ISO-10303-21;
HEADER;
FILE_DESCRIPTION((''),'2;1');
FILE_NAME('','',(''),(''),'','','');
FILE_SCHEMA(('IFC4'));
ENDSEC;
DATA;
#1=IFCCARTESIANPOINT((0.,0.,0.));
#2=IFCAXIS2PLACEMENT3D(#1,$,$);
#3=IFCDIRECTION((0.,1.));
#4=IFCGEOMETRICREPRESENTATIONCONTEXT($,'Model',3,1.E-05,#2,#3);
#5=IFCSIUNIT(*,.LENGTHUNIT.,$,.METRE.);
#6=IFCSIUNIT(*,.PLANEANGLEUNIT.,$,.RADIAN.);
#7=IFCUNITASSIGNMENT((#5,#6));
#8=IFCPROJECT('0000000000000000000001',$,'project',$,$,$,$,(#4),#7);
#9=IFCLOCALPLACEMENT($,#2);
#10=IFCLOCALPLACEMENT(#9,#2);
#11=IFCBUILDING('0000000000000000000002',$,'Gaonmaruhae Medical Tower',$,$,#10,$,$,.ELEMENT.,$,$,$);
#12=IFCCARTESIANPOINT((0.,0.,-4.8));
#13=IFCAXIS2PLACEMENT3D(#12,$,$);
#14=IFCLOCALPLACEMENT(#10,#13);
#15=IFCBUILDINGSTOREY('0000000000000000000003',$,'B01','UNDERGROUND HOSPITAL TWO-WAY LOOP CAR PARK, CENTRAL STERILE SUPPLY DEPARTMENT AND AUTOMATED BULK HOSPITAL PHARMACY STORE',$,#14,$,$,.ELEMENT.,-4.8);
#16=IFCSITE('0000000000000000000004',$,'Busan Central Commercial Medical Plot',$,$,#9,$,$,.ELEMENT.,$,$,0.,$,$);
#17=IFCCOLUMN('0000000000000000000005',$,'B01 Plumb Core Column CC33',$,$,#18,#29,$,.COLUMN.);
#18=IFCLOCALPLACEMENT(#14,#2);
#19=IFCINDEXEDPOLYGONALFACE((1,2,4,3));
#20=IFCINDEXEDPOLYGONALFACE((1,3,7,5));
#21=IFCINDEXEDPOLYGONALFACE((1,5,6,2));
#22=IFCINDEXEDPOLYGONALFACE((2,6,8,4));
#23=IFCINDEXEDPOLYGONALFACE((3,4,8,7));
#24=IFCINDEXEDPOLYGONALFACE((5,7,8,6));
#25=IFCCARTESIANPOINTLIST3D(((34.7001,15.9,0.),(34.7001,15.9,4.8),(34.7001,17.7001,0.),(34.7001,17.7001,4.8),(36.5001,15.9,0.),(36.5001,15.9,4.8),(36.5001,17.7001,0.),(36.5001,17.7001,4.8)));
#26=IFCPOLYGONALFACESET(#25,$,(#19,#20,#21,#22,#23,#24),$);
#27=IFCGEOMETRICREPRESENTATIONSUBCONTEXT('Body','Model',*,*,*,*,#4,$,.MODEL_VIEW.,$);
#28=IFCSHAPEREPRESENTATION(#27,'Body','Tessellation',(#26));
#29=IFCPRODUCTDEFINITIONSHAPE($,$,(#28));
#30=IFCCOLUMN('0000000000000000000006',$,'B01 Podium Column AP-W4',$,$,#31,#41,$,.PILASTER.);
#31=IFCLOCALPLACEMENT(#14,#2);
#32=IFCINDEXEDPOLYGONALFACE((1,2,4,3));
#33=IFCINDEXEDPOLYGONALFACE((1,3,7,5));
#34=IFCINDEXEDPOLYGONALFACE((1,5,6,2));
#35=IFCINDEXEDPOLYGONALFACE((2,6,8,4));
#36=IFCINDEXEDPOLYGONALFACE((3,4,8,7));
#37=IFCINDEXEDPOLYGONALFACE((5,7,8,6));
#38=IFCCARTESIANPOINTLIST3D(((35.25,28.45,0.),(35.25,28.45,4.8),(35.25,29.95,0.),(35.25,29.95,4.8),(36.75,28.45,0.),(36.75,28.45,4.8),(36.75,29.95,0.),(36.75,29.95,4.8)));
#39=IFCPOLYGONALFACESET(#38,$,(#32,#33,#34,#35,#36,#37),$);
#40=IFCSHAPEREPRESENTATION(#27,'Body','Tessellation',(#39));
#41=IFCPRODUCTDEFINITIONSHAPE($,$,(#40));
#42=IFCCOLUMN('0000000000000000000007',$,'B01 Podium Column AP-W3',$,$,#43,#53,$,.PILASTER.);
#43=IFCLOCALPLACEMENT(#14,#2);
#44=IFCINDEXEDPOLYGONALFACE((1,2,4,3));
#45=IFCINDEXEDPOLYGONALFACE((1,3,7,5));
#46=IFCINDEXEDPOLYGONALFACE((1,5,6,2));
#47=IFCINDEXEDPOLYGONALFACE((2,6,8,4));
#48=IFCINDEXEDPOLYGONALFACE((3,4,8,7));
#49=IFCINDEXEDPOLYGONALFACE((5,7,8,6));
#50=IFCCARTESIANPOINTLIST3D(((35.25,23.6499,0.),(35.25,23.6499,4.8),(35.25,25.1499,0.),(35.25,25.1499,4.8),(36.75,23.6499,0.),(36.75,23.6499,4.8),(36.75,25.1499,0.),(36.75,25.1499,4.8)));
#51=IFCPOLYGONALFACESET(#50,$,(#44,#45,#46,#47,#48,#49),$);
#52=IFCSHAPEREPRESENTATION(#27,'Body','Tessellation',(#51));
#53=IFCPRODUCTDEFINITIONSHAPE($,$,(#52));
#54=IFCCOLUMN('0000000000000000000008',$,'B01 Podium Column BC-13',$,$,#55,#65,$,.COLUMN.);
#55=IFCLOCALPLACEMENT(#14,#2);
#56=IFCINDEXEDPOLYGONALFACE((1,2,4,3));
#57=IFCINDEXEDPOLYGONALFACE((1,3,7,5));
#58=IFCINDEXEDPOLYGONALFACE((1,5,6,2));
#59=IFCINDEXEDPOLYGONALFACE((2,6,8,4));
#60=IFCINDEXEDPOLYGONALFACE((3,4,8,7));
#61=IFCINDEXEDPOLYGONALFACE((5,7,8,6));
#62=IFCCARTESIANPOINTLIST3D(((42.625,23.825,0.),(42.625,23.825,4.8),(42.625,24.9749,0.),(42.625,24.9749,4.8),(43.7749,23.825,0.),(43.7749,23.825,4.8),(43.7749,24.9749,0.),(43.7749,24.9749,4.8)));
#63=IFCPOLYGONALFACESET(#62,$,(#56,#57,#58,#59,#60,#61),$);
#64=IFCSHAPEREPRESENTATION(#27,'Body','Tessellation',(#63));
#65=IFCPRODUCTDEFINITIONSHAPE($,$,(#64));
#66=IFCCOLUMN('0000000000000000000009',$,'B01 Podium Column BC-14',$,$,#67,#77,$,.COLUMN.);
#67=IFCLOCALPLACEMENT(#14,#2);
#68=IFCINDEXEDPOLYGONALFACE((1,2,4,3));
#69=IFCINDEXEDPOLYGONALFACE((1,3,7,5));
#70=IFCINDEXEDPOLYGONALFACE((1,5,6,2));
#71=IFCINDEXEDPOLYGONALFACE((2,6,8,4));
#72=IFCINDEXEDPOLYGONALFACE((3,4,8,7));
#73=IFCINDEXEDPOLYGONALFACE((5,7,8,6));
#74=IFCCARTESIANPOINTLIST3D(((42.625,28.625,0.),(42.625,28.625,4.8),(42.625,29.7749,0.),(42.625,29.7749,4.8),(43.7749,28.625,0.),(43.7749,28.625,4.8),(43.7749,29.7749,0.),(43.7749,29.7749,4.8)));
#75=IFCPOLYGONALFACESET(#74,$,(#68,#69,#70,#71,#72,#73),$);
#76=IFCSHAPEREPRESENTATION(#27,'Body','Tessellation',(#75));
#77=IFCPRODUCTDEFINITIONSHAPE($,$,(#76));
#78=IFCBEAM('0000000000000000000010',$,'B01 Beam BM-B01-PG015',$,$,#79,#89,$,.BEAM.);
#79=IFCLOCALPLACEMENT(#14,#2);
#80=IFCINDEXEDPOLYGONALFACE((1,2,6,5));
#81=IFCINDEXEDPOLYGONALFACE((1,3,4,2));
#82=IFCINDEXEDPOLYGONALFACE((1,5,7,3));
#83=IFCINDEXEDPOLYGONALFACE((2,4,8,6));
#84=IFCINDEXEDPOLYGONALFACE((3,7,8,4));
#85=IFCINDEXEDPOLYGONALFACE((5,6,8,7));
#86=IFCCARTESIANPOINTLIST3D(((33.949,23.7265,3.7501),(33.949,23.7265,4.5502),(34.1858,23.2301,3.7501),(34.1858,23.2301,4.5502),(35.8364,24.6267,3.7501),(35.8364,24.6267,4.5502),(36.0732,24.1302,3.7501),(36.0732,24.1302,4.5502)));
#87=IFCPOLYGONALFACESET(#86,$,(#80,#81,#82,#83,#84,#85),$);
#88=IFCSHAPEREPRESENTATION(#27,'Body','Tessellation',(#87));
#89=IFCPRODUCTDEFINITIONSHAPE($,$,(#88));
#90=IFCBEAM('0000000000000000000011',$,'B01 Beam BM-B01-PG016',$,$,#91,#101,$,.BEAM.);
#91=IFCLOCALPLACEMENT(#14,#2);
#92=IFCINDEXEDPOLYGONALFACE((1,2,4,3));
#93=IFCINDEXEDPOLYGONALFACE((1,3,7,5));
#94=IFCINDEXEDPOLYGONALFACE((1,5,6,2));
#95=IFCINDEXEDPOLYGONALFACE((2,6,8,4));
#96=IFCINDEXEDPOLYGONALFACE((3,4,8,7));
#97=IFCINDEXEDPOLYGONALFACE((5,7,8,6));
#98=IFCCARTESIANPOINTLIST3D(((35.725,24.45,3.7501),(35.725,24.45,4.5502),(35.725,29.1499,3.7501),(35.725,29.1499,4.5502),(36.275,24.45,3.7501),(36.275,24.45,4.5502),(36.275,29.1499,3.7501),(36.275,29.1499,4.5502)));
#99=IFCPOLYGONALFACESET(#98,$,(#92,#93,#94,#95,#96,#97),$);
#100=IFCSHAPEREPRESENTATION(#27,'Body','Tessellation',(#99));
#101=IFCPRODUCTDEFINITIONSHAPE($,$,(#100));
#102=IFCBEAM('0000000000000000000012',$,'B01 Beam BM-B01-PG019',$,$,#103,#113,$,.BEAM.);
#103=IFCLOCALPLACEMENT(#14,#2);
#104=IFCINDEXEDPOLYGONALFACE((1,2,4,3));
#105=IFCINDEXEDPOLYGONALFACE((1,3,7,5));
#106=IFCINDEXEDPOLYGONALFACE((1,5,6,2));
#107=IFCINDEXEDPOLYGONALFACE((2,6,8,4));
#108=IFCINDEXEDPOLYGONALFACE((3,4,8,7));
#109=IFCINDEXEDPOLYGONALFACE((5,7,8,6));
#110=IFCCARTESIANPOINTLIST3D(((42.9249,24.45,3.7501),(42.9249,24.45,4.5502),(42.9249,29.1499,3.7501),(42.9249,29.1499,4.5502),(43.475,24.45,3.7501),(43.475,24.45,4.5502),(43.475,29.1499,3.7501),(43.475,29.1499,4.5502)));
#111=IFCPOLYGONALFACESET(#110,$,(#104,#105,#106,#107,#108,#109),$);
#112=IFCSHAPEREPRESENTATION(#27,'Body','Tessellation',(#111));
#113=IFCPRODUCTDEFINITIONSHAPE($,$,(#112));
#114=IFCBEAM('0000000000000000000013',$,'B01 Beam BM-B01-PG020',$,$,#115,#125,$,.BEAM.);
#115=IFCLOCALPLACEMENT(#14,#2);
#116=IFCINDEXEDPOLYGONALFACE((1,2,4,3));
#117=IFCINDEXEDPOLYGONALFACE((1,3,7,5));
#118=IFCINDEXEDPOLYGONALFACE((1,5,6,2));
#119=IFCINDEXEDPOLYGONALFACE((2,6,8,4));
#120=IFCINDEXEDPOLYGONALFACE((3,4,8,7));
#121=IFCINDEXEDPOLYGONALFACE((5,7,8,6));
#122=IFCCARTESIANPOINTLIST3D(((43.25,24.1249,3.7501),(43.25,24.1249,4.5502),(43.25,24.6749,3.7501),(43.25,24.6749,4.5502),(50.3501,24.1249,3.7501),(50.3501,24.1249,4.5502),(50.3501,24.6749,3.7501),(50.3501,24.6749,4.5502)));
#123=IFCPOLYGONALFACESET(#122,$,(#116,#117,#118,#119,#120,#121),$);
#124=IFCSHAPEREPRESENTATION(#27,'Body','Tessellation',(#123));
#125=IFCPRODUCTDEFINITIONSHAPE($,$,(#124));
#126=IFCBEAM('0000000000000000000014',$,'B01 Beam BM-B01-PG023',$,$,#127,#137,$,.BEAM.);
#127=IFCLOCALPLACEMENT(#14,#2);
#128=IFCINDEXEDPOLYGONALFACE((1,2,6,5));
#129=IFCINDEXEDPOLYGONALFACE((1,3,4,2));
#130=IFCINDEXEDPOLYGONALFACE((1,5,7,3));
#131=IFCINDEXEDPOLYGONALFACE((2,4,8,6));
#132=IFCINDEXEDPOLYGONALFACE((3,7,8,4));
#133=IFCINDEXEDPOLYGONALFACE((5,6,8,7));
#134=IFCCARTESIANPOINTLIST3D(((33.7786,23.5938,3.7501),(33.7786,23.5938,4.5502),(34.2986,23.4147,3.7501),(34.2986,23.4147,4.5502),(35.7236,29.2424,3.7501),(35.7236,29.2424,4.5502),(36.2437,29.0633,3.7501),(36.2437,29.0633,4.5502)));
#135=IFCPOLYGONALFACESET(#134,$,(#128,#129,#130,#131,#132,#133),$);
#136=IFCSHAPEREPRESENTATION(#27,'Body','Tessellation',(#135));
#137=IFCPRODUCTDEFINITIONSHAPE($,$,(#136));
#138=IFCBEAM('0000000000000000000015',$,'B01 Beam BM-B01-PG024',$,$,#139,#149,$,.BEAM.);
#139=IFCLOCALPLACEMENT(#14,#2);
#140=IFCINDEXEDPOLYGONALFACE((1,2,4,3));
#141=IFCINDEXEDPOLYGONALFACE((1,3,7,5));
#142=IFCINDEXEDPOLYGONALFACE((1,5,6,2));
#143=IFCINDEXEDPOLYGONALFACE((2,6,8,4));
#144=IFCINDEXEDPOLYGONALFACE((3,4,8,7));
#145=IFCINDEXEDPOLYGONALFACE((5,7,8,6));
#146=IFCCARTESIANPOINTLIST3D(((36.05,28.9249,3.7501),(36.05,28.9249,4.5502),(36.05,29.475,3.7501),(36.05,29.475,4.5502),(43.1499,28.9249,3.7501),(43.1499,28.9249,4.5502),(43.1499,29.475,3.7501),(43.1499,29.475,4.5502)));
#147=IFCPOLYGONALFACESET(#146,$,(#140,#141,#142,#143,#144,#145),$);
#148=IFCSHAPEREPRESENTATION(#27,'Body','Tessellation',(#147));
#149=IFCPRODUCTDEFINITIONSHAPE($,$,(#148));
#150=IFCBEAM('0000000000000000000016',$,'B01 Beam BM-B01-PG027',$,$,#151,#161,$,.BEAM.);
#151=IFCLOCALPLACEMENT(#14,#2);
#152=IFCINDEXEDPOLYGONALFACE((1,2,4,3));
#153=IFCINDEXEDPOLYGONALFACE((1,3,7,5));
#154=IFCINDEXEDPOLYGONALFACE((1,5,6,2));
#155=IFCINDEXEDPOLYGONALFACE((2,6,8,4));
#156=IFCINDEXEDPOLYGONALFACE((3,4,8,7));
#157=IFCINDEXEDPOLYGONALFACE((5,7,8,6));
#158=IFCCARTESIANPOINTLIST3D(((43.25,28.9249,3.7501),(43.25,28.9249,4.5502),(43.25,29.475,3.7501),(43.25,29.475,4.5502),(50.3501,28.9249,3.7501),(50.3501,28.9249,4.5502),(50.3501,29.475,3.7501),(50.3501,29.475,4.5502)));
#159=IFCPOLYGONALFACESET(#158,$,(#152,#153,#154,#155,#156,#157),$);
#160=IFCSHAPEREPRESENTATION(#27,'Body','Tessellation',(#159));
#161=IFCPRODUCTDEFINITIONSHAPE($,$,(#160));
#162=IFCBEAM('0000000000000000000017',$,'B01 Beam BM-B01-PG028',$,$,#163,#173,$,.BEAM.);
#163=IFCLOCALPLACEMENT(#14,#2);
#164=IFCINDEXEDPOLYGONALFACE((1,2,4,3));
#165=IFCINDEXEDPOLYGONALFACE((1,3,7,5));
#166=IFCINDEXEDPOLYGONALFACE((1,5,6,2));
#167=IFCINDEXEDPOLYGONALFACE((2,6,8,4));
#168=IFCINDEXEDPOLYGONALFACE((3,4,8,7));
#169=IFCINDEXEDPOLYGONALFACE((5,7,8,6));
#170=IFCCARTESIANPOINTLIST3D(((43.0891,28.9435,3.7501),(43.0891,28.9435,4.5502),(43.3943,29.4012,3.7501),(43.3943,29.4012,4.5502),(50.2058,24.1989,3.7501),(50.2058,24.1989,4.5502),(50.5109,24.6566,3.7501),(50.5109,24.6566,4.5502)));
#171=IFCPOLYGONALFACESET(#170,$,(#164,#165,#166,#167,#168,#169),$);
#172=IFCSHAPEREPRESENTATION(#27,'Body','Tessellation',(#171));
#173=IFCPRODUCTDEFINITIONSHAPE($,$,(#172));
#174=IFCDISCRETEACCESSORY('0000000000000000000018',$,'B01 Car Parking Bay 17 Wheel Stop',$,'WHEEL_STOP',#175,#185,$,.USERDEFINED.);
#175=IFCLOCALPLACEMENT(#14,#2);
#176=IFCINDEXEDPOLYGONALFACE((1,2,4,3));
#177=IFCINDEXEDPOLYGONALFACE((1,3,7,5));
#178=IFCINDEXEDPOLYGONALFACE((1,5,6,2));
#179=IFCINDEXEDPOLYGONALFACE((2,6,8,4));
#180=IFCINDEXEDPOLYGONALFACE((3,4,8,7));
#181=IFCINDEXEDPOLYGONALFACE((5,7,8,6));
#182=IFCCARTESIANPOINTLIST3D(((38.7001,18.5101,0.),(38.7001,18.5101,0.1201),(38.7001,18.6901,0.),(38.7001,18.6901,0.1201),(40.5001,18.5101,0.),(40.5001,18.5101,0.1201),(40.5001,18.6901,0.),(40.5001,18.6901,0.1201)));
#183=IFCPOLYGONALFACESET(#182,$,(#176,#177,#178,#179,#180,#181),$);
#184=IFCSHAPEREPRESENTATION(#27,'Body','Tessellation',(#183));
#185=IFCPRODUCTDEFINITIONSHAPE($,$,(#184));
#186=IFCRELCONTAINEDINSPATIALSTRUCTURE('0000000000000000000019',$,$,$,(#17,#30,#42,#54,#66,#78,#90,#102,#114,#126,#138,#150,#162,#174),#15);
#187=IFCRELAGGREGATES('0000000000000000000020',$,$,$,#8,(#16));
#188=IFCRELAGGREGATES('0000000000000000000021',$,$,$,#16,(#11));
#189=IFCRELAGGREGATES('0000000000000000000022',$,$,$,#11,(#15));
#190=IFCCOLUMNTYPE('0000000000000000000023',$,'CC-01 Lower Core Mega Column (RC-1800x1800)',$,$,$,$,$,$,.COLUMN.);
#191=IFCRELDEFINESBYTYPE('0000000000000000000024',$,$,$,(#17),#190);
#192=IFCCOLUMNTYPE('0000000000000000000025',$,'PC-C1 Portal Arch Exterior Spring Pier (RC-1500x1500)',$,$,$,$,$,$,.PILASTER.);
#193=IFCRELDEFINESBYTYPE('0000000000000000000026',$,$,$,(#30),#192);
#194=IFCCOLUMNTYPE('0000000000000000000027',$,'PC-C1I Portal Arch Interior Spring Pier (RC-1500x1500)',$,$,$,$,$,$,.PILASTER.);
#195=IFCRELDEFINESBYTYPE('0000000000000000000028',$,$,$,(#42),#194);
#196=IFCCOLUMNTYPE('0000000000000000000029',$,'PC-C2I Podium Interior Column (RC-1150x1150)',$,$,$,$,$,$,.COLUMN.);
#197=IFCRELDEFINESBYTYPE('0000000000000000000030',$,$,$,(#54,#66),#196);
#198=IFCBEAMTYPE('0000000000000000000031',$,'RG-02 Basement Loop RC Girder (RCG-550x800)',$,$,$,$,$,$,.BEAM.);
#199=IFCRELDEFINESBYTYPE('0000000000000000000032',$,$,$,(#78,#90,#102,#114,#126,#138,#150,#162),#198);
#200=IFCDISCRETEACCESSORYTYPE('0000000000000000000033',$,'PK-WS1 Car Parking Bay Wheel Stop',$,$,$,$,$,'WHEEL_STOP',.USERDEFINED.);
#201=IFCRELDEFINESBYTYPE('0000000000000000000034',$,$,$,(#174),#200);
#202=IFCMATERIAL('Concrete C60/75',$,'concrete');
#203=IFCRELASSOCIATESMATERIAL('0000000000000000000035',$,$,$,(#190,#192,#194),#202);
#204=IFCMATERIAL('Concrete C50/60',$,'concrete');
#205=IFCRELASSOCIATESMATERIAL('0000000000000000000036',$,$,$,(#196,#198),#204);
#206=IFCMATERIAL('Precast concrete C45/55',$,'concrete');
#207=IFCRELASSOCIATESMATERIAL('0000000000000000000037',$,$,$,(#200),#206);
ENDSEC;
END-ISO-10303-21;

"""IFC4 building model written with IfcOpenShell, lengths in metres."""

from ifc_helpers import new_model, si_unit, direction, frame, origin, origin_2d, place, context, subcontext, project, spatial, rectangle, extrude, material, material_profile, profile_set, type_object, element, save


model = new_model("IFC4")

# Units and contexts
model_context = context("Model", 3, precision=1e-05, world=origin(), true_north=direction((0.0, 1.0)))
body_context = subcontext(model_context, "Body", "Model", "MODEL_VIEW")
ifc_project = project(units=[si_unit("LENGTHUNIT", "METRE"), si_unit("PLANEANGLEUNIT", "RADIAN")], contexts=[model_context])

# Site, building, storey
site_placement = place(None, origin())
site = spatial("IfcSite", under=ifc_project, at=site_placement, Name="Busan Central Commercial Medical Plot", CompositionType="ELEMENT", RefElevation=0.0)
building_placement = place(site_placement, origin())
building = spatial("IfcBuilding", under=site, at=building_placement, Name="Gaonmaruhae Medical Tower", CompositionType="ELEMENT")
storey_placement = place(building_placement, frame((0.0, 0.0, -4.8)))
storey = spatial("IfcBuildingStorey", under=building, at=storey_placement, Name="B01", Description="UNDERGROUND HOSPITAL TWO-WAY LOOP CAR PARK, CENTRAL STERILE SUPPLY DEPARTMENT AND AUTOMATED BULK HOSPITAL PHARMACY STORE", CompositionType="ELEMENT", Elevation=-4.8)

# Columns
ifc_material_1 = material(Name="Concrete C60/75", Category="concrete")
ifc_material_profile_1 = material_profile(ifc_material_1, rectangle(XDim=1.8, YDim=1.8, at=origin_2d()), Name="RC-1800x1800")
ifc_profile_set_1 = profile_set([ifc_material_profile_1], Name="Concrete C60/75")
column_type_1 = type_object("IfcColumnType", Name="CC-01 Lower Core Mega Column (RC-1800x1800)", PredefinedType="COLUMN", material=ifc_profile_set_1)
column_1_placement = place(storey_placement, frame((35.6001, 16.8, 0.0), z_axis=(0.0, 0.0, 1.0), x_axis=(1.0, 0.0, 0.0)))
element("IfcColumn", 1, at=column_1_placement, inside=storey, type_object=column_type_1, Name="B01 Plumb Core Column CC33", PredefinedType="COLUMN", context=body_context, shape_type="SweptSolid", body=[
    extrude(rectangle(XDim=1.8, YDim=1.8, at=origin_2d()), origin(), (0.0, 0.0, 1.0), 4.8),
])
ifc_material_profile_2 = material_profile(ifc_material_1, rectangle(XDim=1.5, YDim=1.5, at=origin_2d()), Name="RC-1500x1500")
ifc_profile_set_2 = profile_set([ifc_material_profile_2], Name="Concrete C60/75")
column_type_2 = type_object("IfcColumnType", Name="PC-C1 Portal Arch Exterior Spring Pier (RC-1500x1500)", PredefinedType="PILASTER", material=ifc_profile_set_2)
column_2_placement = place(storey_placement, frame((36.0, 29.2, 0.0), z_axis=(0.0, 0.0, 1.0), x_axis=(1.0, 0.0, 0.0)))
element("IfcColumn", 2, at=column_2_placement, inside=storey, type_object=column_type_2, Name="B01 Podium Column AP-W4", PredefinedType="PILASTER", context=body_context, shape_type="SweptSolid", body=[
    extrude(rectangle(XDim=1.5, YDim=1.5, at=origin_2d()), origin(), (0.0, 0.0, 1.0), 4.8),
])
ifc_material_profile_3 = material_profile(ifc_material_1, rectangle(XDim=1.5, YDim=1.5, at=origin_2d()), Name="RC-1500x1500")
ifc_profile_set_3 = profile_set([ifc_material_profile_3], Name="Concrete C60/75")
column_type_3 = type_object("IfcColumnType", Name="PC-C1I Portal Arch Interior Spring Pier (RC-1500x1500)", PredefinedType="PILASTER", material=ifc_profile_set_3)
column_3_placement = place(storey_placement, frame((36.0, 24.3999, 0.0), z_axis=(0.0, 0.0, 1.0), x_axis=(1.0, 0.0, 0.0)))
element("IfcColumn", 3, at=column_3_placement, inside=storey, type_object=column_type_3, Name="B01 Podium Column AP-W3", PredefinedType="PILASTER", context=body_context, shape_type="SweptSolid", body=[
    extrude(rectangle(XDim=1.5, YDim=1.5, at=origin_2d()), origin(), (0.0, 0.0, 1.0), 4.8),
])
ifc_material_2 = material(Name="Concrete C50/60", Category="concrete")
ifc_material_profile_4 = material_profile(ifc_material_2, rectangle(XDim=1.1499, YDim=1.1499, at=origin_2d()), Name="RC-1150x1150")
ifc_profile_set_4 = profile_set([ifc_material_profile_4], Name="Concrete C50/60")
column_type_4 = type_object("IfcColumnType", Name="PC-C2I Podium Interior Column (RC-1150x1150)", PredefinedType="COLUMN", material=ifc_profile_set_4)
for number, where, z_axis, x_axis, name in (
    (4, (43.2, 24.3999, 0.0), (0.0, 0.0, 1.0), (1.0, 0.0, 0.0), "B01 Podium Column BC-13"),
    (5, (43.2, 29.2, 0.0), (0.0, 0.0, 1.0), (1.0, 0.0, 0.0), "B01 Podium Column BC-14"),
):
    element("IfcColumn", number, at=place(storey_placement, frame(where, z_axis=z_axis, x_axis=x_axis)), inside=storey, type_object=column_type_4, Name=name, PredefinedType="COLUMN", context=body_context, shape_type="SweptSolid", body=[
        extrude(rectangle(XDim=1.1499, YDim=1.1499, at=origin_2d()), origin(), (0.0, 0.0, 1.0), 4.8),
    ])

# Beams
ifc_material_profile_5 = material_profile(ifc_material_2, rectangle(XDim=0.55, YDim=0.8, at=origin_2d()), Name="RCG-550x800")
ifc_profile_set_5 = profile_set([ifc_material_profile_5], Name="Concrete C50/60")
beam_type = type_object("IfcBeamType", Name="RG-02 Basement Loop RC Girder (RCG-550x800)", PredefinedType="BEAM", material=ifc_profile_set_5)
beam_1_placement = place(storey_placement, frame((35.9548, 24.3784, 4.1501), z_axis=(-0.902608, -0.430464, 0.0), x_axis=(0.430464, -0.902608, 0.0)))
element("IfcBeam", 6, at=beam_1_placement, inside=storey, type_object=beam_type, Name="B01 Beam BM-B01-PG015", PredefinedType="BEAM", context=body_context, shape_type="SweptSolid", body=[
    extrude(rectangle(XDim=0.55, YDim=0.8, at=origin_2d()), origin(), (0.0, 0.0, 1.0), 2.0911),
])
for number, where, z_axis, x_axis, name in (
    (7, (36.0, 24.45, 4.1501), (0.0, 1.0, 0.0), (-1.0, 0.0, 0.0), "B01 Beam BM-B01-PG016"),
    (8, (43.2, 24.45, 4.1501), (0.0, 1.0, 0.0), (-1.0, 0.0, 0.0), "B01 Beam BM-B01-PG019"),
):
    element("IfcBeam", number, at=place(storey_placement, frame(where, z_axis=z_axis, x_axis=x_axis)), inside=storey, type_object=beam_type, Name=name, PredefinedType="BEAM", context=body_context, shape_type="SweptSolid", body=[
        extrude(rectangle(XDim=0.55, YDim=0.8, at=origin_2d()), origin(), (0.0, 0.0, 1.0), 4.7),
    ])
beam_2_placement = place(storey_placement, frame((43.25, 24.3999, 4.1501), z_axis=(1.0, 0.0, 0.0), x_axis=(0.0, 1.0, 0.0)))
element("IfcBeam", 9, at=beam_2_placement, inside=storey, type_object=beam_type, Name="B01 Beam BM-B01-PG020", PredefinedType="BEAM", context=body_context, shape_type="SweptSolid", body=[
    extrude(rectangle(XDim=0.55, YDim=0.8, at=origin_2d()), origin(), (0.0, 0.0, 1.0), 7.1001),
])
beam_3_placement = place(storey_placement, frame((35.9836, 29.1528, 4.1501), z_axis=(-0.325579, -0.945515, 0.0), x_axis=(0.945515, -0.325579, 0.0)))
element("IfcBeam", 10, at=beam_3_placement, inside=storey, type_object=beam_type, Name="B01 Beam BM-B01-PG023", PredefinedType="BEAM", context=body_context, shape_type="SweptSolid", body=[
    extrude(rectangle(XDim=0.55, YDim=0.8, at=origin_2d()), origin(), (0.0, 0.0, 1.0), 5.9741),
])
beam_4_placement = place(storey_placement, frame((36.05, 29.2, 4.1501), z_axis=(1.0, 0.0, 0.0), x_axis=(0.0, 1.0, 0.0)))
element("IfcBeam", 11, at=beam_4_placement, inside=storey, type_object=beam_type, Name="B01 Beam BM-B01-PG024", PredefinedType="BEAM", context=body_context, shape_type="SweptSolid", body=[
    extrude(rectangle(XDim=0.55, YDim=0.8, at=origin_2d()), origin(), (0.0, 0.0, 1.0), 7.0999),
])
beam_5_placement = place(storey_placement, frame((43.25, 29.2, 4.1501), z_axis=(1.0, 0.0, 0.0), x_axis=(0.0, 1.0, 0.0)))
element("IfcBeam", 12, at=beam_5_placement, inside=storey, type_object=beam_type, Name="B01 Beam BM-B01-PG027", PredefinedType="BEAM", context=body_context, shape_type="SweptSolid", body=[
    extrude(rectangle(XDim=0.55, YDim=0.8, at=origin_2d()), origin(), (0.0, 0.0, 1.0), 7.1001),
])
beam_6_placement = place(storey_placement, frame((43.2417, 29.1724, 4.1501), z_axis=(0.832042, -0.554713, 0.0), x_axis=(0.554713, 0.832042, 0.0)))
element("IfcBeam", 13, at=beam_6_placement, inside=storey, type_object=beam_type, Name="B01 Beam BM-B01-PG028", PredefinedType="BEAM", context=body_context, shape_type="SweptSolid", body=[
    extrude(rectangle(XDim=0.55, YDim=0.8, at=origin_2d()), origin(), (0.0, 0.0, 1.0), 8.5532),
])

# Discrete accessory
ifc_material_3 = material(Name="Precast concrete C45/55", Category="concrete")
discrete_accessory_type = type_object("IfcDiscreteAccessoryType", Name="PK-WS1 Car Parking Bay Wheel Stop", ElementType="WHEEL_STOP", PredefinedType="USERDEFINED", material=ifc_material_3)
for number, where, z_axis, x_axis, name in (
    (14, (39.6001, 18.6001, 0.0), (0.0, 0.0, 1.0), (1.0, 0.0, 0.0), "B01 Car Parking Bay 17 Wheel Stop"),
):
    element("IfcDiscreteAccessory", number, at=place(storey_placement, frame(where, z_axis=z_axis, x_axis=x_axis)), inside=storey, type_object=discrete_accessory_type, Name=name, ObjectType="WHEEL_STOP", PredefinedType="USERDEFINED", context=body_context, shape_type="SweptSolid", body=[
        extrude(rectangle(XDim=1.8, YDim=0.1799, at=origin_2d()), origin(), (0.0, 0.0, 1.0), 0.1201),
    ])

save(model, "model.ifc")
